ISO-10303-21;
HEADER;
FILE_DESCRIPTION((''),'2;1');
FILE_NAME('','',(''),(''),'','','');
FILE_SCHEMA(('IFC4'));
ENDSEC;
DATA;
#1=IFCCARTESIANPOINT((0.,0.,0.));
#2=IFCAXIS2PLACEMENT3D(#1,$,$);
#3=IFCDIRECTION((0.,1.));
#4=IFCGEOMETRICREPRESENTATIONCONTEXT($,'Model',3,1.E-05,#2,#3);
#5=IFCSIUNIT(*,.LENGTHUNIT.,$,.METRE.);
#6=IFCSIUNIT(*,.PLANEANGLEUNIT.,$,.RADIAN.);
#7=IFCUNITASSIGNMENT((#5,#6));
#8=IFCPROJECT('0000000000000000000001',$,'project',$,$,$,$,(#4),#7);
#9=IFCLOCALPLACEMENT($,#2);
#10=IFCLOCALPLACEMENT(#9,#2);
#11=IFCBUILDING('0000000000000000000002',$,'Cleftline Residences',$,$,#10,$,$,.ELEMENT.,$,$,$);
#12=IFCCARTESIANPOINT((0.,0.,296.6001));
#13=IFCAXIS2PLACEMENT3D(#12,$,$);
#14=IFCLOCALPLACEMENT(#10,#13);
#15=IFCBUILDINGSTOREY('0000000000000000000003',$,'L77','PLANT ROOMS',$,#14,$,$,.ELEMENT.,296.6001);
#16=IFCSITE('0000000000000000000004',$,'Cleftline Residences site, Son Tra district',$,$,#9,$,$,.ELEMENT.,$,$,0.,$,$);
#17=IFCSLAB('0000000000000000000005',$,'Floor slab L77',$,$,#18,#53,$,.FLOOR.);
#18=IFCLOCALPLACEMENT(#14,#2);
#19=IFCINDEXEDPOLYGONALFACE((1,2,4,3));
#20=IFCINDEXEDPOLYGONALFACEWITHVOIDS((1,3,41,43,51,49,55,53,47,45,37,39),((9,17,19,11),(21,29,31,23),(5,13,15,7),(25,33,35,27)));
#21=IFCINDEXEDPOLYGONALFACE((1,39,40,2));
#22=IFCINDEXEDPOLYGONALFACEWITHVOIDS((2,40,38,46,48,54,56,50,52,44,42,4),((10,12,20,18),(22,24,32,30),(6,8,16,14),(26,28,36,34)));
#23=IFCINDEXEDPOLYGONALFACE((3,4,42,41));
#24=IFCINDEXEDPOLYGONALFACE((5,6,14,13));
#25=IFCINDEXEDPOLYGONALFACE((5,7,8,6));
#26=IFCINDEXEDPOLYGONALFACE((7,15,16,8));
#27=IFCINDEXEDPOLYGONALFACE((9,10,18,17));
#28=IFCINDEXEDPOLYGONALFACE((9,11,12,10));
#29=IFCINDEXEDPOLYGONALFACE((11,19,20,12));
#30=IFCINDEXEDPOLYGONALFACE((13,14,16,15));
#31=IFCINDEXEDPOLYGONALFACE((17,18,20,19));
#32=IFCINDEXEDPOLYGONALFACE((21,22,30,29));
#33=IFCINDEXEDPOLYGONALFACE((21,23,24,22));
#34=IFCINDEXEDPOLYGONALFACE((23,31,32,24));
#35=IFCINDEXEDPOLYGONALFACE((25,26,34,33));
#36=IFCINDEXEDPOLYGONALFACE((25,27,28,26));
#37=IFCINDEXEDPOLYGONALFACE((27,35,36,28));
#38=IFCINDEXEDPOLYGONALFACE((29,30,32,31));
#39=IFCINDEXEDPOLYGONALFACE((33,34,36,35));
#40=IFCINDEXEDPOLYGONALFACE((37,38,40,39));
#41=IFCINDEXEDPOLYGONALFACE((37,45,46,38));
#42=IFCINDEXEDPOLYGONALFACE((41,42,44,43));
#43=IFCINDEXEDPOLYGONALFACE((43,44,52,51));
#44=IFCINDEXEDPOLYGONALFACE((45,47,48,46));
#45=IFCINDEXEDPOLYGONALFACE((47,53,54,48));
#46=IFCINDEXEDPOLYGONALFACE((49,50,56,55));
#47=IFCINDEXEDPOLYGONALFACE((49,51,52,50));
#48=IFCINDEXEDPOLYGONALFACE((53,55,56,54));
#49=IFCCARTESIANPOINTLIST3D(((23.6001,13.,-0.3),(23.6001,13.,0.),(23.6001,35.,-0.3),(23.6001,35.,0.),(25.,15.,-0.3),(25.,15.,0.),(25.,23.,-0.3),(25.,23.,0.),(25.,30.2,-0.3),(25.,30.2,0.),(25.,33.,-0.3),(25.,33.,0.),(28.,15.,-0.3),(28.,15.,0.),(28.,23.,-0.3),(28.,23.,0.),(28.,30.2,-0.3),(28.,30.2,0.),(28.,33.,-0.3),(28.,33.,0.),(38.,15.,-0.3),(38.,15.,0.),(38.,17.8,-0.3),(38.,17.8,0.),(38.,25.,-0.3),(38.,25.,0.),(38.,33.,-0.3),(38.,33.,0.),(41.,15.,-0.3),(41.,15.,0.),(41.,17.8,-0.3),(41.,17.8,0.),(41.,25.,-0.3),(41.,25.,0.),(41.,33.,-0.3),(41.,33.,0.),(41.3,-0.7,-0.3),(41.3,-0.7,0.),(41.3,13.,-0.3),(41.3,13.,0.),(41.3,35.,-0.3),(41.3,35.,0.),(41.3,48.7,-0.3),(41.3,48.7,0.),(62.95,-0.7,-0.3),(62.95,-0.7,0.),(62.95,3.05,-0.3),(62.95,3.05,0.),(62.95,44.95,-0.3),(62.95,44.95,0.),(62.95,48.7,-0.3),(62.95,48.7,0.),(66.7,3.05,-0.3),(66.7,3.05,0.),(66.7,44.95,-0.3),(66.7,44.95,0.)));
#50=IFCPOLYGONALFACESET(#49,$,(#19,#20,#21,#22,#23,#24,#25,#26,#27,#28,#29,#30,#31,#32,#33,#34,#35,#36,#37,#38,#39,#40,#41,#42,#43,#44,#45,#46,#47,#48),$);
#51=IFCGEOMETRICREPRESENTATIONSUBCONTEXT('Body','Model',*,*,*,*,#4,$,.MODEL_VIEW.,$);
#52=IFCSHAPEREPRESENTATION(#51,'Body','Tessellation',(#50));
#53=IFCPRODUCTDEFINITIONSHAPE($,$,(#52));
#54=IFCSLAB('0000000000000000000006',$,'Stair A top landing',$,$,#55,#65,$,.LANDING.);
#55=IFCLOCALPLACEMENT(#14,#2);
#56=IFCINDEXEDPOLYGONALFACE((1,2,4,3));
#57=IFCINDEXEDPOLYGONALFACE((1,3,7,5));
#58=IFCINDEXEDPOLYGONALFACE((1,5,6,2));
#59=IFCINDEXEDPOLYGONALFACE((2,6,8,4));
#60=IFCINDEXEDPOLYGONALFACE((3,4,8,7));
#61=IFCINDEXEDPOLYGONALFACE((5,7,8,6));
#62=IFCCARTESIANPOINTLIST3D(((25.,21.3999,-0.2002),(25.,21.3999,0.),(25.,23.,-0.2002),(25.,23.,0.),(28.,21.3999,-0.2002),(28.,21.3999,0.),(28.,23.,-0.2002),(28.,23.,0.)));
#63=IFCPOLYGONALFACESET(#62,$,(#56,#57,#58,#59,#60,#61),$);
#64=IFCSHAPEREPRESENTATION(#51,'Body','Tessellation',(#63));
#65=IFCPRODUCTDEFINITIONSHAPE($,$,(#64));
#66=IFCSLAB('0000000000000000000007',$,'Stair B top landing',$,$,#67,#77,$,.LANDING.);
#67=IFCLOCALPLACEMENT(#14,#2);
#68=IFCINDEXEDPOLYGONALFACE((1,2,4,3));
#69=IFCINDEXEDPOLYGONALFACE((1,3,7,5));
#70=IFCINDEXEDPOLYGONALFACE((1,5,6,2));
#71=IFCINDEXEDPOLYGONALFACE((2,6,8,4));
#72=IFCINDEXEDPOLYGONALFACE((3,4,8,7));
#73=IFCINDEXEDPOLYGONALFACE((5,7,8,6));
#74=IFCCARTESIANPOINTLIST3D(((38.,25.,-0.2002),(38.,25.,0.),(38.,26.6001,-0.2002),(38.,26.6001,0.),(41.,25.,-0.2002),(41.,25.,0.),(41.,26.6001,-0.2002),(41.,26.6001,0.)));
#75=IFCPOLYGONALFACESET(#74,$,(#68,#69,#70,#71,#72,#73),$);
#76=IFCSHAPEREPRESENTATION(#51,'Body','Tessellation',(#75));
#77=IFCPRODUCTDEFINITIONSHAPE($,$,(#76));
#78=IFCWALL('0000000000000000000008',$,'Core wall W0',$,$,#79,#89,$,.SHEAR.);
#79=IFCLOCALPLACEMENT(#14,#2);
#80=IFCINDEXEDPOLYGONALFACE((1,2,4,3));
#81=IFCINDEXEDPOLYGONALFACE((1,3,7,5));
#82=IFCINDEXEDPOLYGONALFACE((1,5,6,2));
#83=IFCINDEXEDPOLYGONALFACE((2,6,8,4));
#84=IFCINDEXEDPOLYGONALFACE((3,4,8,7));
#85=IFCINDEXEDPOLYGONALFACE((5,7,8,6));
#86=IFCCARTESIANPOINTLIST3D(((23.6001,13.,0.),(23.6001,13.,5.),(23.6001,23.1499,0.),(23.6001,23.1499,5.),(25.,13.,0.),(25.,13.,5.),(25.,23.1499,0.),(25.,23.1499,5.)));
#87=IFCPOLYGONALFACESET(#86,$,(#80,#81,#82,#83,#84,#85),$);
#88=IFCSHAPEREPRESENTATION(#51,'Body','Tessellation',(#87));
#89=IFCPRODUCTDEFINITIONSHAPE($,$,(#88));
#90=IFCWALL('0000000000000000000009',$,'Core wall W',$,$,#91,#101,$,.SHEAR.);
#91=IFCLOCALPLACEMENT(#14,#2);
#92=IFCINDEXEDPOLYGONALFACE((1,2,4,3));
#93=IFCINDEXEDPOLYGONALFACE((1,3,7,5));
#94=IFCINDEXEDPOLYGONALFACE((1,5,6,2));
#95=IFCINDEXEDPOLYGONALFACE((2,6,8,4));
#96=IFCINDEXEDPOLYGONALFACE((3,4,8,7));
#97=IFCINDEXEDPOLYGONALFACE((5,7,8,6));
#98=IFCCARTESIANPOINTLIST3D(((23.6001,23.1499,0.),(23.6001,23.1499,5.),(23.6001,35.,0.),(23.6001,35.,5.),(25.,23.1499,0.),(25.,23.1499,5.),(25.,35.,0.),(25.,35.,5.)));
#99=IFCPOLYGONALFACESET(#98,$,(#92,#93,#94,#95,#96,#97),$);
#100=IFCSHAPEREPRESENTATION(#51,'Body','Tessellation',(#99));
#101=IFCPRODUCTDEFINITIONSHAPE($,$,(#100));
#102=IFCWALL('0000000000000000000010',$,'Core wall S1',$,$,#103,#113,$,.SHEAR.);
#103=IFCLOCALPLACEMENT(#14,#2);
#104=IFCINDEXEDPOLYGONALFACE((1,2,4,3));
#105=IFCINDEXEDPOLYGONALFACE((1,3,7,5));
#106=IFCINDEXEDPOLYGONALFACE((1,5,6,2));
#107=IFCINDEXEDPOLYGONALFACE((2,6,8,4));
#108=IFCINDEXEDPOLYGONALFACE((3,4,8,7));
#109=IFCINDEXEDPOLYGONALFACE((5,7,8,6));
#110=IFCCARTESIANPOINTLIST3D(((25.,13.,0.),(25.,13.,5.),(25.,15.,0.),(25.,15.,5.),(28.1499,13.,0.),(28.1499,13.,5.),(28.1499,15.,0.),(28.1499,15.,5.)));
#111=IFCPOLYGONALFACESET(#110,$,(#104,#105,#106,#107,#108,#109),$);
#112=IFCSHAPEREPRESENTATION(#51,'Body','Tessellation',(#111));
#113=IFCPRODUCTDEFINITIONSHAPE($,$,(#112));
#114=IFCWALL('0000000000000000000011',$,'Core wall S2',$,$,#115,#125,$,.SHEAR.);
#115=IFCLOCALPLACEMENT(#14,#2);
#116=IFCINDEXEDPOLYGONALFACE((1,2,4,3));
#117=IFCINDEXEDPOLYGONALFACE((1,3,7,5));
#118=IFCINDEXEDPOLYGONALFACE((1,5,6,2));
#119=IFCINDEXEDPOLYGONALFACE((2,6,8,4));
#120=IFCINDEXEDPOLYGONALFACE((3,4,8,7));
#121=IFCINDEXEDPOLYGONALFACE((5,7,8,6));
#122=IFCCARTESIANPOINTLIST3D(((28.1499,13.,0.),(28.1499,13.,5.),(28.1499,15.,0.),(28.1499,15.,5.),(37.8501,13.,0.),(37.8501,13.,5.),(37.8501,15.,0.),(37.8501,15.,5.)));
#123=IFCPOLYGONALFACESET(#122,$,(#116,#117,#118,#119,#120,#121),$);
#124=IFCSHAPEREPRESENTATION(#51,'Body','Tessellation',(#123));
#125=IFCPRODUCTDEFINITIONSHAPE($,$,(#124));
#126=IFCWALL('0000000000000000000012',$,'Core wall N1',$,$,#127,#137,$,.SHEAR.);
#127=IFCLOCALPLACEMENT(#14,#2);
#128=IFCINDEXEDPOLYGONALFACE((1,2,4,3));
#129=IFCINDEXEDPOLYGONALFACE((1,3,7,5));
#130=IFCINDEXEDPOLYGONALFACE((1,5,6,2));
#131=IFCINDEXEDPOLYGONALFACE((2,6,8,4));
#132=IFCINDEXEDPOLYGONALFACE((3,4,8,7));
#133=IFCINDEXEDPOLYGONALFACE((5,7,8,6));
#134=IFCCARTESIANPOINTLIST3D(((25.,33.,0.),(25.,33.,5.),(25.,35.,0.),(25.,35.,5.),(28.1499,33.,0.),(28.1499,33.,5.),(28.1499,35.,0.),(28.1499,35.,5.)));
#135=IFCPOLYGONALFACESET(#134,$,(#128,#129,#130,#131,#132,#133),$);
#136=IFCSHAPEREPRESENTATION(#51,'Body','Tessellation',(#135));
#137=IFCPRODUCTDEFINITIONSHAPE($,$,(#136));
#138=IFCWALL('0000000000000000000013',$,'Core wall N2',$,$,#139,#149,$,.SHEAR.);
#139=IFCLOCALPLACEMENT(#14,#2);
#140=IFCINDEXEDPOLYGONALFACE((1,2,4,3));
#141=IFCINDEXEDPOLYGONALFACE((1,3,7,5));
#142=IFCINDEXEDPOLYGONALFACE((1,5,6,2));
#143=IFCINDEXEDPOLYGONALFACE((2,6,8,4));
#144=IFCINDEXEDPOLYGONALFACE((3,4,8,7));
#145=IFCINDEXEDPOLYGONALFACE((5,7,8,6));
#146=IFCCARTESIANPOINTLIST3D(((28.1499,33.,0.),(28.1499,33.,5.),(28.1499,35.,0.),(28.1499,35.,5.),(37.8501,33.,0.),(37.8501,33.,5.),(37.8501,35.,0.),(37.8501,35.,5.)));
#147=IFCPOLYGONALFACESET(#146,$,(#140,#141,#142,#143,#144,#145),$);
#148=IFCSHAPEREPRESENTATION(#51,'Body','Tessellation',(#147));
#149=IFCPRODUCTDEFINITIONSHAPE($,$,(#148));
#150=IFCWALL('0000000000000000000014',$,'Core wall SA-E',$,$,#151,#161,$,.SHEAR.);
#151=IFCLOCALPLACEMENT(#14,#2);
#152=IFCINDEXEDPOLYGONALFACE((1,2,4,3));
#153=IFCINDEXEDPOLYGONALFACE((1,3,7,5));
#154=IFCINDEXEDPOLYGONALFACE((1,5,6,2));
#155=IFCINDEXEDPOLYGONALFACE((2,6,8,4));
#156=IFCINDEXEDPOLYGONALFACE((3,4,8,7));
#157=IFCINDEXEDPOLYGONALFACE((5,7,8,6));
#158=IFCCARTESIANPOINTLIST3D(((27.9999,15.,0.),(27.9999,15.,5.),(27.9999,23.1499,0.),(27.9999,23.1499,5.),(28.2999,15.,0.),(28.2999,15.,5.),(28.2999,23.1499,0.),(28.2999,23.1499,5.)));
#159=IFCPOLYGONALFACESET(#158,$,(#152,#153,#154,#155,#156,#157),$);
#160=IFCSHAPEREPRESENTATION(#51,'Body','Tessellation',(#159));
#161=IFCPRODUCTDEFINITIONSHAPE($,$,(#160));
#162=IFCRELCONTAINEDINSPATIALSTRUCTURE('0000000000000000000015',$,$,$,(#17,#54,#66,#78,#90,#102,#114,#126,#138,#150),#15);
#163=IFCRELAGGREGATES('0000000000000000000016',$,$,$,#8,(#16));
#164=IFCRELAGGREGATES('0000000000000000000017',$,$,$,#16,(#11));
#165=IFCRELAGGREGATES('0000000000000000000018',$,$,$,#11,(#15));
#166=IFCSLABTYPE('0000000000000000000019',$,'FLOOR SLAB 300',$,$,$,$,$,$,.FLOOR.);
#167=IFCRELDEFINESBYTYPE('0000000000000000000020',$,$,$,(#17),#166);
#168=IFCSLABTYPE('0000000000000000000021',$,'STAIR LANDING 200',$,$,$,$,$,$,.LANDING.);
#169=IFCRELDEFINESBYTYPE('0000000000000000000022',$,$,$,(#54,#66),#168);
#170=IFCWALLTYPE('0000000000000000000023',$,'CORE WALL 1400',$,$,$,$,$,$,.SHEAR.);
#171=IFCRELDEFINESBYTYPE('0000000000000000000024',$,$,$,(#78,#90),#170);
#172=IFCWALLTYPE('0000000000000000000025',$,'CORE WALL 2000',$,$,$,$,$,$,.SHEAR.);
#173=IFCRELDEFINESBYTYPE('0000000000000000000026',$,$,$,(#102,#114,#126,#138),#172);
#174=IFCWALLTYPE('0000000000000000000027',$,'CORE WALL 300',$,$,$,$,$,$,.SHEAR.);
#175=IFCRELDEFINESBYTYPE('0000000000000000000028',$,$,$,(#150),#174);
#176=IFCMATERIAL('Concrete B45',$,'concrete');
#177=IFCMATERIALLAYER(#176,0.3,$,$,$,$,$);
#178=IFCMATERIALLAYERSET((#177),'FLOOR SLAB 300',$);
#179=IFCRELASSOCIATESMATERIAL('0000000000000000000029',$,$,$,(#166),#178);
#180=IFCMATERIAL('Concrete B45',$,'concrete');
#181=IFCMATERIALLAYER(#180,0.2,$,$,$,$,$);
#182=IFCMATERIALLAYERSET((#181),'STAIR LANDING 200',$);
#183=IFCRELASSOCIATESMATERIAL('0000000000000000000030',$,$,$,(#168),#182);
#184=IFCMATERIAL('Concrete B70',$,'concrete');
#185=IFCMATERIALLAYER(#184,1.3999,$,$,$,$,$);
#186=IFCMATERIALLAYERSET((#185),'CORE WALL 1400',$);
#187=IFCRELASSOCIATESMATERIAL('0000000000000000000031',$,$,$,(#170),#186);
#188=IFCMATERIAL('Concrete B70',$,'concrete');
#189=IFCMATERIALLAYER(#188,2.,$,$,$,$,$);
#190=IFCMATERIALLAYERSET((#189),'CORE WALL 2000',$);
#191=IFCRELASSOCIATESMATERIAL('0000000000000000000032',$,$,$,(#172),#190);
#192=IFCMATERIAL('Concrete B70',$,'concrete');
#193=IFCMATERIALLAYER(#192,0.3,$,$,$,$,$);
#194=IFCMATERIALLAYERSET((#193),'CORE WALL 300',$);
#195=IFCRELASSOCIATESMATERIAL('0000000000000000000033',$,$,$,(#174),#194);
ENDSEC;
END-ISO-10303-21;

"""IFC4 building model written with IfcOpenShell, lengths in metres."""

from ifc_helpers import new_model, si_unit, direction, frame, frame_2d, origin, place, context, subcontext, project, spatial, polyline, rectangle, outline, extrude, material, layer, layer_set, type_object, element, save


model = new_model("IFC4")

# Units and contexts
model_context = context("Model", 3, precision=1e-05, world=origin(), true_north=direction((0.0, 1.0)))
body_context = subcontext(model_context, "Body", "Model", "MODEL_VIEW")
ifc_project = project(units=[si_unit("LENGTHUNIT", "METRE"), si_unit("PLANEANGLEUNIT", "RADIAN")], contexts=[model_context])

# Site, building, storey
site_placement = place(None, origin())
site = spatial("IfcSite", under=ifc_project, at=site_placement, Name="Cleftline Residences site, Son Tra district", CompositionType="ELEMENT", RefElevation=0.0)
building_placement = place(site_placement, origin())
building = spatial("IfcBuilding", under=site, at=building_placement, Name="Cleftline Residences", CompositionType="ELEMENT")
storey_placement = place(building_placement, frame((0.0, 0.0, 296.6001)))
storey = spatial("IfcBuildingStorey", under=building, at=storey_placement, Name="L77", Description="PLANT ROOMS", CompositionType="ELEMENT", Elevation=296.6001)

# Slabs
ifc_material_1 = material(Name="Concrete B45", Category="concrete")
ifc_layer_1 = layer(ifc_material_1, 0.3)
ifc_layer_set_1 = layer_set([ifc_layer_1], Name="FLOOR SLAB 300")
slab_type_1 = type_object("IfcSlabType", Name="FLOOR SLAB 300", PredefinedType="FLOOR", material=ifc_layer_set_1)
slab_1_placement = place(storey_placement, frame((0.0, 0.0, -0.3)))
element("IfcSlab", 1, at=slab_1_placement, inside=storey, type_object=slab_type_1, Name="Floor slab L77", PredefinedType="FLOOR", context=body_context, shape_type="SweptSolid", body=[
    extrude(outline(polyline([(41.3, 13.0), (41.3, -0.7), (62.95, -0.7), (62.95, 3.05), (66.7, 3.05), (66.7, 44.95), (62.95, 44.95), (62.95, 48.7), (41.3, 48.7), (41.3, 35.0), (23.6001, 35.0), (23.6001, 13.0), (41.3, 13.0)]), holes=[polyline([(28.0, 15.0), (28.0, 23.0), (25.0, 23.0), (25.0, 15.0), (28.0, 15.0)]), polyline([(41.0, 25.0), (41.0, 33.0), (38.0, 33.0), (38.0, 25.0), (41.0, 25.0)]), polyline([(28.0, 30.2), (28.0, 33.0), (25.0, 33.0), (25.0, 30.2), (28.0, 30.2)]), polyline([(41.0, 15.0), (41.0, 17.8), (38.0, 17.8), (38.0, 15.0), (41.0, 15.0)])]), origin(), (0.0, 0.0, 1.0), 0.3),
])
ifc_material_2 = material(Name="Concrete B45", Category="concrete")
ifc_layer_2 = layer(ifc_material_2, 0.2)
ifc_layer_set_2 = layer_set([ifc_layer_2], Name="STAIR LANDING 200")
slab_type_2 = type_object("IfcSlabType", Name="STAIR LANDING 200", PredefinedType="LANDING", material=ifc_layer_set_2)
slab_2_placement = place(storey_placement, frame((0.0, 0.0, -0.2002)))
element("IfcSlab", 2, at=slab_2_placement, inside=storey, type_object=slab_type_2, Name="Stair A top landing", PredefinedType="LANDING", context=body_context, shape_type="SweptSolid", body=[
    extrude(outline(polyline([(25.0, 21.3999), (28.0, 21.3999), (28.0, 23.0), (25.0, 23.0), (25.0, 21.3999)])), origin(), (0.0, 0.0, 1.0), 0.2002),
])
slab_3_placement = place(storey_placement, frame((0.0, 0.0, -0.2002)))
element("IfcSlab", 3, at=slab_3_placement, inside=storey, type_object=slab_type_2, Name="Stair B top landing", PredefinedType="LANDING", context=body_context, shape_type="SweptSolid", body=[
    extrude(outline(polyline([(38.0, 25.0), (41.0, 25.0), (41.0, 26.6001), (38.0, 26.6001), (38.0, 25.0)])), origin(), (0.0, 0.0, 1.0), 0.2002),
])

# Walls
ifc_material_3 = material(Name="Concrete B70", Category="concrete")
ifc_layer_3 = layer(ifc_material_3, 1.3999)
ifc_layer_set_3 = layer_set([ifc_layer_3], Name="CORE WALL 1400")
wall_type_1 = type_object("IfcWallType", Name="CORE WALL 1400", PredefinedType="SHEAR", material=ifc_layer_set_3)
wall_1_placement = place(storey_placement, frame((24.3, 13.0, 0.0), z_axis=(0.0, 0.0, 1.0), x_axis=(0.0, 1.0, 0.0)))
element("IfcWall", 4, at=wall_1_placement, inside=storey, type_object=wall_type_1, Name="Core wall W0", PredefinedType="SHEAR", context=body_context, shape_type="SweptSolid", body=[
    extrude(rectangle(XDim=10.1499, YDim=1.3999, at=frame_2d((5.075, 0.0))), origin(), (0.0, 0.0, 1.0), 5.0),
])
wall_2_placement = place(storey_placement, frame((24.3, 23.1499, 0.0), z_axis=(0.0, 0.0, 1.0), x_axis=(0.0, 1.0, 0.0)))
element("IfcWall", 5, at=wall_2_placement, inside=storey, type_object=wall_type_1, Name="Core wall W", PredefinedType="SHEAR", context=body_context, shape_type="SweptSolid", body=[
    extrude(rectangle(XDim=11.8501, YDim=1.3999, at=frame_2d((5.925, 0.0))), origin(), (0.0, 0.0, 1.0), 5.0),
])
ifc_material_4 = material(Name="Concrete B70", Category="concrete")
ifc_layer_4 = layer(ifc_material_4, 2.0)
ifc_layer_set_4 = layer_set([ifc_layer_4], Name="CORE WALL 2000")
wall_type_2 = type_object("IfcWallType", Name="CORE WALL 2000", PredefinedType="SHEAR", material=ifc_layer_set_4)
wall_3_placement = place(storey_placement, frame((25.0, 14.0, 0.0), z_axis=(0.0, 0.0, 1.0), x_axis=(1.0, 0.0, 0.0)))
element("IfcWall", 6, at=wall_3_placement, inside=storey, type_object=wall_type_2, Name="Core wall S1", PredefinedType="SHEAR", context=body_context, shape_type="SweptSolid", body=[
    extrude(rectangle(XDim=3.1499, YDim=2.0, at=frame_2d((1.575, 0.0))), origin(), (0.0, 0.0, 1.0), 5.0),
])
wall_4_placement = place(storey_placement, frame((28.1499, 14.0, 0.0), z_axis=(0.0, 0.0, 1.0), x_axis=(1.0, 0.0, 0.0)))
element("IfcWall", 7, at=wall_4_placement, inside=storey, type_object=wall_type_2, Name="Core wall S2", PredefinedType="SHEAR", context=body_context, shape_type="SweptSolid", body=[
    extrude(rectangle(XDim=9.7002, YDim=2.0, at=frame_2d((4.8501, 0.0))), origin(), (0.0, 0.0, 1.0), 5.0),
])
wall_5_placement = place(storey_placement, frame((25.0, 34.0, 0.0), z_axis=(0.0, 0.0, 1.0), x_axis=(1.0, 0.0, 0.0)))
element("IfcWall", 8, at=wall_5_placement, inside=storey, type_object=wall_type_2, Name="Core wall N1", PredefinedType="SHEAR", context=body_context, shape_type="SweptSolid", body=[
    extrude(rectangle(XDim=3.1499, YDim=2.0, at=frame_2d((1.575, 0.0))), origin(), (0.0, 0.0, 1.0), 5.0),
])
wall_6_placement = place(storey_placement, frame((28.1499, 34.0, 0.0), z_axis=(0.0, 0.0, 1.0), x_axis=(1.0, 0.0, 0.0)))
element("IfcWall", 9, at=wall_6_placement, inside=storey, type_object=wall_type_2, Name="Core wall N2", PredefinedType="SHEAR", context=body_context, shape_type="SweptSolid", body=[
    extrude(rectangle(XDim=9.7002, YDim=2.0, at=frame_2d((4.8501, 0.0))), origin(), (0.0, 0.0, 1.0), 5.0),
])
ifc_material_5 = material(Name="Concrete B70", Category="concrete")
ifc_layer_5 = layer(ifc_material_5, 0.3)
ifc_layer_set_5 = layer_set([ifc_layer_5], Name="CORE WALL 300")
wall_type_3 = type_object("IfcWallType", Name="CORE WALL 300", PredefinedType="SHEAR", material=ifc_layer_set_5)
wall_7_placement = place(storey_placement, frame((28.1499, 15.0, 0.0), z_axis=(0.0, 0.0, 1.0), x_axis=(0.0, 1.0, 0.0)))
element("IfcWall", 10, at=wall_7_placement, inside=storey, type_object=wall_type_3, Name="Core wall SA-E", PredefinedType="SHEAR", context=body_context, shape_type="SweptSolid", body=[
    extrude(rectangle(XDim=8.1499, YDim=0.3, at=frame_2d((4.075, 0.0))), origin(), (0.0, 0.0, 1.0), 5.0),
])

save(model, "model.ifc")
